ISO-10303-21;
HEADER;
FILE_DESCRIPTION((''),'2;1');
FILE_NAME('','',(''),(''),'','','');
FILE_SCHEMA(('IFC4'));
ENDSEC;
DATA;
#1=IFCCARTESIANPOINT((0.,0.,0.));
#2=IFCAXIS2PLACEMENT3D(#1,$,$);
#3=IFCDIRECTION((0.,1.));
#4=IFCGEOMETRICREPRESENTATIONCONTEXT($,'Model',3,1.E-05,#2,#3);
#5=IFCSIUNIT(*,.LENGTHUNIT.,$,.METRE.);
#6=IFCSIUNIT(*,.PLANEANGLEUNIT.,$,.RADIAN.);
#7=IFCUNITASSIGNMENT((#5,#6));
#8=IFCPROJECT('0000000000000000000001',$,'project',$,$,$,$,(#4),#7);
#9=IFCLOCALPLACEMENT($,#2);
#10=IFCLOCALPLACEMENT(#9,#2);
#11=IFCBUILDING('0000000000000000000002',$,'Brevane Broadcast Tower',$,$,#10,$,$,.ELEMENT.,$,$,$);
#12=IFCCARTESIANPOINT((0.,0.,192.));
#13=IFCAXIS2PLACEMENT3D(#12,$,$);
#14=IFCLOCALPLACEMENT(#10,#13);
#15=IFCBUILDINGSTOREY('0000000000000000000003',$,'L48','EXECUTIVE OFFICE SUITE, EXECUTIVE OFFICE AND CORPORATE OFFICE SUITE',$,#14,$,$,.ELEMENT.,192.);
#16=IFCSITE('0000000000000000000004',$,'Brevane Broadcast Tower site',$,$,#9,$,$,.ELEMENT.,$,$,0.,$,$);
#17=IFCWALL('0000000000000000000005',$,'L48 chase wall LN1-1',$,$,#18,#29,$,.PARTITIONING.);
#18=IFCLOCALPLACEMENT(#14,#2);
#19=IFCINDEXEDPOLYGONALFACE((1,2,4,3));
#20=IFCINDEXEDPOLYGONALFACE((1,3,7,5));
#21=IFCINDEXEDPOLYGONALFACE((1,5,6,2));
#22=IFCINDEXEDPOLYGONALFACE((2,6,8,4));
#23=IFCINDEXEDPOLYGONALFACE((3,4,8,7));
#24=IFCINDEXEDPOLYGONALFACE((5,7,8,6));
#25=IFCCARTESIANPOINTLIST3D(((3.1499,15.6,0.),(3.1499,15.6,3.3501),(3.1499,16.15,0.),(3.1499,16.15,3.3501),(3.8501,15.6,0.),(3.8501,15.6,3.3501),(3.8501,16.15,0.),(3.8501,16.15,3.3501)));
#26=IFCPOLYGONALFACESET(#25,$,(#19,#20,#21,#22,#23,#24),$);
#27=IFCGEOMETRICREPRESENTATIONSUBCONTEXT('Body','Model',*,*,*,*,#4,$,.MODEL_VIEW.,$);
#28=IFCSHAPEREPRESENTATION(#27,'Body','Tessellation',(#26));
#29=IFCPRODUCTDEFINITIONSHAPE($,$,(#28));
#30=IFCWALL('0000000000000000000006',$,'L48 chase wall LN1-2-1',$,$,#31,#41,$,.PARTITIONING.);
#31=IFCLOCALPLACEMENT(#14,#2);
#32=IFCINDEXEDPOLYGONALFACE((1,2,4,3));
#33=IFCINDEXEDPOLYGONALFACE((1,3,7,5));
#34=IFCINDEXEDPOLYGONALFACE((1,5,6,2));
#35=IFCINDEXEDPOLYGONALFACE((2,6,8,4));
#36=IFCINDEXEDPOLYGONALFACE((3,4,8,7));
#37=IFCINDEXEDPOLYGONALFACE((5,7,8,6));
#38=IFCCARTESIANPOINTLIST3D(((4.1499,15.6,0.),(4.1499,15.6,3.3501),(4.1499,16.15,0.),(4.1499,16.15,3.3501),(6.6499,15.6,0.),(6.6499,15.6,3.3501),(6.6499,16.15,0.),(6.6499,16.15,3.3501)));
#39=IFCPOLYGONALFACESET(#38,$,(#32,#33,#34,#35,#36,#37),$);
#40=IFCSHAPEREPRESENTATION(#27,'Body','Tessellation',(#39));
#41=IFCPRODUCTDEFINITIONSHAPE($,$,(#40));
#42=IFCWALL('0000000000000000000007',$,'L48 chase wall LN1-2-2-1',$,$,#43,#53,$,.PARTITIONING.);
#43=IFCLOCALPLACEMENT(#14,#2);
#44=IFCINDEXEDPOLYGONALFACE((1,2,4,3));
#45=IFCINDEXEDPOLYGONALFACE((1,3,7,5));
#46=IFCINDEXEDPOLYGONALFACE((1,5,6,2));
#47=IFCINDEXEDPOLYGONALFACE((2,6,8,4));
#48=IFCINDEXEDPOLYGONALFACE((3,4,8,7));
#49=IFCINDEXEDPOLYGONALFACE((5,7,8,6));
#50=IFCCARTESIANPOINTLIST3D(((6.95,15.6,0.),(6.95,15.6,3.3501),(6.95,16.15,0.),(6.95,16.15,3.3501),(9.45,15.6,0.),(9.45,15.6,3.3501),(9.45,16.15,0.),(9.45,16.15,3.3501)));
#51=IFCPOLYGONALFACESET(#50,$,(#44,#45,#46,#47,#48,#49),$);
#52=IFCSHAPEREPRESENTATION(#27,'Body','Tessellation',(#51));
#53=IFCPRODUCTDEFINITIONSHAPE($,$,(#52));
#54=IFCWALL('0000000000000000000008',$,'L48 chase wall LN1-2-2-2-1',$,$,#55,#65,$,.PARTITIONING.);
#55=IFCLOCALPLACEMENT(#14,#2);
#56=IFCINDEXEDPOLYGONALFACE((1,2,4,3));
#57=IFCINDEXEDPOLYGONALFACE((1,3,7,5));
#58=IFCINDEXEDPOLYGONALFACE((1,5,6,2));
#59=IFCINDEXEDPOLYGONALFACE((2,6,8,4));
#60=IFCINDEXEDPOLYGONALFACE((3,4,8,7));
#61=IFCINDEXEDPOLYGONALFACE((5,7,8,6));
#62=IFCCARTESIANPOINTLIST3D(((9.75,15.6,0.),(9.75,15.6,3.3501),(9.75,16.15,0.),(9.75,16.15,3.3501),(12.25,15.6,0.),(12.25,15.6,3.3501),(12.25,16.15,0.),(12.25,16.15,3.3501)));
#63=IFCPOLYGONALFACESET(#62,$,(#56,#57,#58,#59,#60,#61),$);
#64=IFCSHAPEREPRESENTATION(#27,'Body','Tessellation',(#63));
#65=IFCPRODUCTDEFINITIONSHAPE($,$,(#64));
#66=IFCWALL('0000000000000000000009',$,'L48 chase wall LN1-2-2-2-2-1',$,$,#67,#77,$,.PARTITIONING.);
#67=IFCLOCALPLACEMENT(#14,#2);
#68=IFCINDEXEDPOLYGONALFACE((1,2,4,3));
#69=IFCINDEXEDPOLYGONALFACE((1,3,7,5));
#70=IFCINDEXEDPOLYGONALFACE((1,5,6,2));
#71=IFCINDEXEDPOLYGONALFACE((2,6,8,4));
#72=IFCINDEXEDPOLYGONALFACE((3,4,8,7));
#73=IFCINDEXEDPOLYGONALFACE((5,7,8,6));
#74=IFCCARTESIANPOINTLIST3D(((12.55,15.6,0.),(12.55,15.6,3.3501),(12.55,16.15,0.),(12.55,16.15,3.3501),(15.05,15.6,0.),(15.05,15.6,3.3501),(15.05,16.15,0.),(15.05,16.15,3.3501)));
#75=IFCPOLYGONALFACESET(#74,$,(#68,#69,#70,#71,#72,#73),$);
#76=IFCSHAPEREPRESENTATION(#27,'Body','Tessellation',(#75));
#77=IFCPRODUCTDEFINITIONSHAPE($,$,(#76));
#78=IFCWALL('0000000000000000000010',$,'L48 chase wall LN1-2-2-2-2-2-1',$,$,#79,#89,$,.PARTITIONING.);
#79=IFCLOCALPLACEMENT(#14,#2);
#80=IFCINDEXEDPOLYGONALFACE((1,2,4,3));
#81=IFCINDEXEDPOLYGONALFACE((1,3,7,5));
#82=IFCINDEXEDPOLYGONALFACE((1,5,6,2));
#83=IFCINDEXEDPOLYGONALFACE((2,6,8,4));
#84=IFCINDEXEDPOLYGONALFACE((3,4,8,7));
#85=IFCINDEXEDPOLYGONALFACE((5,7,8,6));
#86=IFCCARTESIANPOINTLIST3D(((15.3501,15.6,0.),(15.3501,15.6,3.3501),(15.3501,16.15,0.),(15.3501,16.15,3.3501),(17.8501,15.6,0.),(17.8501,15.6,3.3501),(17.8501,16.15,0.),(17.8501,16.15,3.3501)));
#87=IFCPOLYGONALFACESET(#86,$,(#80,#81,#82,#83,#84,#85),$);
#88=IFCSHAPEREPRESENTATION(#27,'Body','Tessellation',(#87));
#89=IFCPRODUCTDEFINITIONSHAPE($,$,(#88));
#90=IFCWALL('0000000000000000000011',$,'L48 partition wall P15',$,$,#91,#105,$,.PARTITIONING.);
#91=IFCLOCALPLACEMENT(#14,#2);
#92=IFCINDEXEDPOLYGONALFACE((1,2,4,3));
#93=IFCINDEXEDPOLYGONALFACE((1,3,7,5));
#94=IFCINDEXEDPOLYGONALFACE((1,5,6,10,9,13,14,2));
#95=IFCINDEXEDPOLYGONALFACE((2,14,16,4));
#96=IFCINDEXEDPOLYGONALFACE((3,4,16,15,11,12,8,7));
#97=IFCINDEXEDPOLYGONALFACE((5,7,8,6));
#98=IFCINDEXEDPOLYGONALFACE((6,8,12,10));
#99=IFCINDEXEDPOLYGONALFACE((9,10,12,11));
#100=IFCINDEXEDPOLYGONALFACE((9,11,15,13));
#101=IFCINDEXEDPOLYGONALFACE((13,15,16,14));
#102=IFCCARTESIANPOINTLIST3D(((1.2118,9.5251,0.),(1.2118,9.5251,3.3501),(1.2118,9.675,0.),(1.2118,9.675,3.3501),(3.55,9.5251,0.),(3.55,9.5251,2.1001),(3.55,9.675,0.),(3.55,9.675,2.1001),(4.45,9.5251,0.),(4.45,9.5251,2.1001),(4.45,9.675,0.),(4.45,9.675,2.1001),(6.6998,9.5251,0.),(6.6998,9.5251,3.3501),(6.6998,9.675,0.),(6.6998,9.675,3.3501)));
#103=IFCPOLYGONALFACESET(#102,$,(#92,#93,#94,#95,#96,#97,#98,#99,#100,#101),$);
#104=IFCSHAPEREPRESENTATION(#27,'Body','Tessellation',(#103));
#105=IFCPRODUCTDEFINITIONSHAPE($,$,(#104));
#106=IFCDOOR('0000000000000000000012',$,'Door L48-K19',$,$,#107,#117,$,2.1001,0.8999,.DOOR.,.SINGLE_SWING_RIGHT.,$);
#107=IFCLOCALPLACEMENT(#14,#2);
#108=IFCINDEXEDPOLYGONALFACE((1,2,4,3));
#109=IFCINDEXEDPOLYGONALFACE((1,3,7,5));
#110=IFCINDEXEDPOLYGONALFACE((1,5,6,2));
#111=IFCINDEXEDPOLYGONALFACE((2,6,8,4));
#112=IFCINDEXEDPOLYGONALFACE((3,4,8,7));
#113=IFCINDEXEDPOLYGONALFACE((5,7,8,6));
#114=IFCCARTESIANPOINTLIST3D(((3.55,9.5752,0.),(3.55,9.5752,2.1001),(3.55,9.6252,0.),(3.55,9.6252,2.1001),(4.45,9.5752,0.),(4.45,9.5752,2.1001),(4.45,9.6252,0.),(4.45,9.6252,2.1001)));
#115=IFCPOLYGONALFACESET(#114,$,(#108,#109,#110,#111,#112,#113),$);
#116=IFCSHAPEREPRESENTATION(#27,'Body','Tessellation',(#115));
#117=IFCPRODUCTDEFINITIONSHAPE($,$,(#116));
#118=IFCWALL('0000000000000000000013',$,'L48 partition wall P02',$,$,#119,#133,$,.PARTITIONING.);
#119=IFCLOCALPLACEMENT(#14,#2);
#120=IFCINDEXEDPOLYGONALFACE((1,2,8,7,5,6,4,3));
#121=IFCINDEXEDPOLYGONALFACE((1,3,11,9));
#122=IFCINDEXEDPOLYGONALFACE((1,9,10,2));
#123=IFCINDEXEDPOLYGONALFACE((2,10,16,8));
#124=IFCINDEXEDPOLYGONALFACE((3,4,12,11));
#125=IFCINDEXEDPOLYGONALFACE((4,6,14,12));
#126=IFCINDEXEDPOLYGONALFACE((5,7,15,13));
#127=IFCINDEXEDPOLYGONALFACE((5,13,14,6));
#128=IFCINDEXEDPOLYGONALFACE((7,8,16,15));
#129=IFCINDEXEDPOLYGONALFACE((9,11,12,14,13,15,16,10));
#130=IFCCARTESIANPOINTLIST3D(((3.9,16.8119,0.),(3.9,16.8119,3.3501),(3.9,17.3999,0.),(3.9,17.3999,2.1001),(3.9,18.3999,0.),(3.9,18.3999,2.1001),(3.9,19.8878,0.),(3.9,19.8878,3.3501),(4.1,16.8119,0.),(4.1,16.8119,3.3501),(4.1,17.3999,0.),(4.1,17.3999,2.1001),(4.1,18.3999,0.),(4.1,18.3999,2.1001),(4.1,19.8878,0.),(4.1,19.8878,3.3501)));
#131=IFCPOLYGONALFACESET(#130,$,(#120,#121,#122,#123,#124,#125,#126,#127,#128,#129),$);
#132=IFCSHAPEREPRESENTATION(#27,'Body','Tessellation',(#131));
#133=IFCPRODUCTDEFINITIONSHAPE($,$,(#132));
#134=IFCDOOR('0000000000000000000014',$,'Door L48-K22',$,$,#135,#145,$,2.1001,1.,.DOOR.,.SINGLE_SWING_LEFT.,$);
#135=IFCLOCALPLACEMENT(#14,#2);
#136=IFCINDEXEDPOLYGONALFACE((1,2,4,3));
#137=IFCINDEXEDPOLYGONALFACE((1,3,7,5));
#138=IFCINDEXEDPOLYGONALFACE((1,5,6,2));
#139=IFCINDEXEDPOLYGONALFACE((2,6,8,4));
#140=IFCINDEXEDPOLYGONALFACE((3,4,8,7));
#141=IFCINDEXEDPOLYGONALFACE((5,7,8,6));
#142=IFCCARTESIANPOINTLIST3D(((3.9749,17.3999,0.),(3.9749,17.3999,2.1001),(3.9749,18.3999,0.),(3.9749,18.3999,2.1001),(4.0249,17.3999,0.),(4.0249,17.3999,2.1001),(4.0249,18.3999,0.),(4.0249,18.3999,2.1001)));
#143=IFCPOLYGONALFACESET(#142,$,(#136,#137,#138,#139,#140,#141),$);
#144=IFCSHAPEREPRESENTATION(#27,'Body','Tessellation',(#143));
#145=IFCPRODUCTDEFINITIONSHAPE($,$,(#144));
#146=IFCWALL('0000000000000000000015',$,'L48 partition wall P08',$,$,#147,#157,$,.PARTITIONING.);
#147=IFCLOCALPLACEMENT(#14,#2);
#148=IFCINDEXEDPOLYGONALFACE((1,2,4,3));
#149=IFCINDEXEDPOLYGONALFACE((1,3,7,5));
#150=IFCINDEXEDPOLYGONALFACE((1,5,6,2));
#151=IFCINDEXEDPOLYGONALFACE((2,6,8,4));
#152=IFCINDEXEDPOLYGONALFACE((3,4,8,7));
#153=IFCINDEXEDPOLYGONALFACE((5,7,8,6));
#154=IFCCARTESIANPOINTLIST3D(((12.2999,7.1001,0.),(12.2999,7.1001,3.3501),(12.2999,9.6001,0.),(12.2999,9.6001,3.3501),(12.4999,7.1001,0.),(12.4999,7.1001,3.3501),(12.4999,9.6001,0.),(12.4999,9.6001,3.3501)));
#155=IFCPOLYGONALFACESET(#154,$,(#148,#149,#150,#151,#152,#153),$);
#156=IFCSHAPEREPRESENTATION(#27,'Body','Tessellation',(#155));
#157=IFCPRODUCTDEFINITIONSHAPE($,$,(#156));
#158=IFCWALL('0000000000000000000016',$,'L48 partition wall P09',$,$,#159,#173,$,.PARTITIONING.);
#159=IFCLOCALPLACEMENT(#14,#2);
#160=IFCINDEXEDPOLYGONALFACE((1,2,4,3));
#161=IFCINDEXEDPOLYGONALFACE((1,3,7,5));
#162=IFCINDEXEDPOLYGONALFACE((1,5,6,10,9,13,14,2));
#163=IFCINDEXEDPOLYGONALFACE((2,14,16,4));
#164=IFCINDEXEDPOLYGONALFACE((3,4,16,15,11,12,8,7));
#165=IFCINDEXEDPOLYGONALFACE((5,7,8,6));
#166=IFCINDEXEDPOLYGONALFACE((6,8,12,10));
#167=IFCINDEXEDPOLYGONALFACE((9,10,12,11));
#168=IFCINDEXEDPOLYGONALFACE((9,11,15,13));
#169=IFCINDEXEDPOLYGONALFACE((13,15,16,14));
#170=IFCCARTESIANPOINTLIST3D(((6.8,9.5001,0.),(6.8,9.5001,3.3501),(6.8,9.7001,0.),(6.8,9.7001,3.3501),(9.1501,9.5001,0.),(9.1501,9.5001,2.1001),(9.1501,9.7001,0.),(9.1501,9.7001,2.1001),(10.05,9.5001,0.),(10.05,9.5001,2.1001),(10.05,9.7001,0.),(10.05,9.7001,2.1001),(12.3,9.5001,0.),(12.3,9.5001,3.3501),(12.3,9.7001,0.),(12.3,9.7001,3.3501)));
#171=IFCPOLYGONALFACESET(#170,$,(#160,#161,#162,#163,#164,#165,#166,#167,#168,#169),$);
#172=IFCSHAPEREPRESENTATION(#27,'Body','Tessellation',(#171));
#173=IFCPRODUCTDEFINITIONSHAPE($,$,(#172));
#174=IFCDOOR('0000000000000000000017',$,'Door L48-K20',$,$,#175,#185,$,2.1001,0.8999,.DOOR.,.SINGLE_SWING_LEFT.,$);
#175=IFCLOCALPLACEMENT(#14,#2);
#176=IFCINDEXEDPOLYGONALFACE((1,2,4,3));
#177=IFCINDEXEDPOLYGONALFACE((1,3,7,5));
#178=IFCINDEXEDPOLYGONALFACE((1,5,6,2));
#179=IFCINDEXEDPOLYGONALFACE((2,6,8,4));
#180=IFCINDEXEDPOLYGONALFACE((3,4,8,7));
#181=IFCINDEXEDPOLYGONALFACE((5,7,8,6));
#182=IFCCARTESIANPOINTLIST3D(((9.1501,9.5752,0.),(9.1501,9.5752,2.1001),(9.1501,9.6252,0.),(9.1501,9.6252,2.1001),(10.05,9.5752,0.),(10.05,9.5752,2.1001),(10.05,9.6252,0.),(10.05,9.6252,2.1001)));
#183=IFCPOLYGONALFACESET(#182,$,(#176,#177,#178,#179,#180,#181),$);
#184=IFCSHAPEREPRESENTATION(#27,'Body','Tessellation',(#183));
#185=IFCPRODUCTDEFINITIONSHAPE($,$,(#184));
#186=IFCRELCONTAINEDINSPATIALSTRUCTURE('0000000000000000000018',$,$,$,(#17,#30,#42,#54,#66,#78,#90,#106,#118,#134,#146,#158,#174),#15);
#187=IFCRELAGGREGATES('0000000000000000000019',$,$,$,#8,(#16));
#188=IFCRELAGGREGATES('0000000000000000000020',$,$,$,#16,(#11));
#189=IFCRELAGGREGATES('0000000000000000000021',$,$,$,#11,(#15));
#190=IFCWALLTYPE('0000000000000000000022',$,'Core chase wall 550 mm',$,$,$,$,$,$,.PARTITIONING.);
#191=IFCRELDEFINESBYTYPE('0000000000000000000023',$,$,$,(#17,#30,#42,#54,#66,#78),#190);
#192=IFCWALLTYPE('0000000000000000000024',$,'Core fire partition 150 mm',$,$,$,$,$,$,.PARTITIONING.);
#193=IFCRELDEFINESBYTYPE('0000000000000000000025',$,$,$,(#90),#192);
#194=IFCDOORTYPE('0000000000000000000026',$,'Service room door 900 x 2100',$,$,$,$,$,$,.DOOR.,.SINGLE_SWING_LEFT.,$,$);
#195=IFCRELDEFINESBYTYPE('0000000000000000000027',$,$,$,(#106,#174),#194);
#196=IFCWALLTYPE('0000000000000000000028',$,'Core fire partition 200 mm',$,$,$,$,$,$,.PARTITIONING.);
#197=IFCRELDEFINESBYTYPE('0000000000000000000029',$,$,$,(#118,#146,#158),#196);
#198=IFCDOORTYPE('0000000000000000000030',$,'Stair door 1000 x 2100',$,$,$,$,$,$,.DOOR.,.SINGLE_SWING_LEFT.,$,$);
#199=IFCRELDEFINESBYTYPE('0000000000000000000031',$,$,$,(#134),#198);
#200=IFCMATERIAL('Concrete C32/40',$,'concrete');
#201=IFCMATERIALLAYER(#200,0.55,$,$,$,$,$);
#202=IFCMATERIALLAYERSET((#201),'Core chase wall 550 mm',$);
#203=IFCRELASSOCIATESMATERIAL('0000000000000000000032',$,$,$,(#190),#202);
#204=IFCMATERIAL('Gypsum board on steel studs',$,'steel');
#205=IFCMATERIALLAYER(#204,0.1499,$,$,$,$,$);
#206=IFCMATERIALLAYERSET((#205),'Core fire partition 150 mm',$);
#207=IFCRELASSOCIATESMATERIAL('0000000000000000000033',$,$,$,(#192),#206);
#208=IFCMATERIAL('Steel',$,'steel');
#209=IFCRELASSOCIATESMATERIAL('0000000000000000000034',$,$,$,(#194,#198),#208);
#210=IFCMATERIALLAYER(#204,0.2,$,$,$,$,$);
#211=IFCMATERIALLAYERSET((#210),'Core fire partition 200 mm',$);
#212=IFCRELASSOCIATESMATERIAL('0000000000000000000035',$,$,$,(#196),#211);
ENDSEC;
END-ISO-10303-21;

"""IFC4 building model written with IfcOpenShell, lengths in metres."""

from ifc_helpers import new_model, si_unit, direction, frame, frame_2d, origin, place, context, subcontext, project, spatial, rectangle, extrude, material, layer, layer_set, type_object, element, fill, save


model = new_model("IFC4")

# Units and contexts
model_context = context("Model", 3, precision=1e-05, world=origin(), true_north=direction((0.0, 1.0)))
body_context = subcontext(model_context, "Body", "Model", "MODEL_VIEW")
ifc_project = project(units=[si_unit("LENGTHUNIT", "METRE"), si_unit("PLANEANGLEUNIT", "RADIAN")], contexts=[model_context])

# Site, building, storey
site_placement = place(None, origin())
site = spatial("IfcSite", under=ifc_project, at=site_placement, Name="Brevane Broadcast Tower site", CompositionType="ELEMENT", RefElevation=0.0)
building_placement = place(site_placement, origin())
building = spatial("IfcBuilding", under=site, at=building_placement, Name="Brevane Broadcast Tower", CompositionType="ELEMENT")
storey_placement = place(building_placement, frame((0.0, 0.0, 192.0)))
storey = spatial("IfcBuildingStorey", under=building, at=storey_placement, Name="L48", Description="EXECUTIVE OFFICE SUITE, EXECUTIVE OFFICE AND CORPORATE OFFICE SUITE", CompositionType="ELEMENT", Elevation=192.0)

# Walls
ifc_material_1 = material(Name="Concrete C32/40", Category="concrete")
ifc_layer_1 = layer(ifc_material_1, 0.55)
ifc_layer_set_1 = layer_set([ifc_layer_1], Name="Core chase wall 550 mm")
wall_type_1 = type_object("IfcWallType", Name="Core chase wall 550 mm", PredefinedType="PARTITIONING", material=ifc_layer_set_1)
wall_1_placement = place(storey_placement, frame((3.1499, 15.875, 0.0), z_axis=(0.0, 0.0, 1.0), x_axis=(1.0, 0.0, 0.0)))
element("IfcWall", 1, at=wall_1_placement, inside=storey, type_object=wall_type_1, Name="L48 chase wall LN1-1", PredefinedType="PARTITIONING", context=body_context, shape_type="SweptSolid", body=[
    extrude(rectangle(XDim=0.7002, YDim=0.55, at=frame_2d((0.3501, 0.0))), origin(), (0.0, 0.0, 1.0), 3.3501),
])
for number, where, z_axis, x_axis, name in (
    (2, (4.1499, 15.875, 0.0), (0.0, 0.0, 1.0), (1.0, 0.0, 0.0), "L48 chase wall LN1-2-1"),
    (3, (6.95, 15.875, 0.0), (0.0, 0.0, 1.0), (1.0, 0.0, 0.0), "L48 chase wall LN1-2-2-1"),
    (4, (9.75, 15.875, 0.0), (0.0, 0.0, 1.0), (1.0, 0.0, 0.0), "L48 chase wall LN1-2-2-2-1"),
    (5, (12.55, 15.875, 0.0), (0.0, 0.0, 1.0), (1.0, 0.0, 0.0), "L48 chase wall LN1-2-2-2-2-1"),
    (6, (15.3501, 15.875, 0.0), (0.0, 0.0, 1.0), (1.0, 0.0, 0.0), "L48 chase wall LN1-2-2-2-2-2-1"),
):
    element("IfcWall", number, at=place(storey_placement, frame(where, z_axis=z_axis, x_axis=x_axis)), inside=storey, type_object=wall_type_1, Name=name, PredefinedType="PARTITIONING", context=body_context, shape_type="SweptSolid", body=[
        extrude(rectangle(XDim=2.5, YDim=0.55, at=frame_2d((1.25, 0.0))), origin(), (0.0, 0.0, 1.0), 3.3501),
    ])

# Walls, openings, doors
ifc_material_2 = material(Name="Gypsum board on steel studs", Category="steel")
ifc_layer_2 = layer(ifc_material_2, 0.1499)
ifc_layer_set_2 = layer_set([ifc_layer_2], Name="Core fire partition 150 mm")
wall_type_2 = type_object("IfcWallType", Name="Core fire partition 150 mm", PredefinedType="PARTITIONING", material=ifc_layer_set_2)
wall_2_placement = place(storey_placement, frame((6.7, 9.6001, 0.0), z_axis=(0.0, 0.0, 1.0), x_axis=(-1.0, 0.0, 0.0)))
wall_2 = element("IfcWall", 7, at=wall_2_placement, inside=storey, type_object=wall_type_2, Name="L48 partition wall P15", PredefinedType="PARTITIONING", context=body_context, shape_type="SweptSolid", body=[
    extrude(rectangle(XDim=5.488, YDim=0.1499, at=frame_2d((2.7441, 0.0))), origin(), (0.0, 0.0, 1.0), 3.3501),
])
opening_1_placement = place(wall_2_placement, frame((2.25, 0.0, 0.0)))
opening_1 = element("IfcOpeningElement", 8, at=opening_1_placement, cuts=wall_2, PredefinedType="OPENING", context=body_context, shape_type="SweptSolid", body=[
    extrude(rectangle(XDim=0.8999, YDim=2.1001, at=frame_2d((0.45, 1.05))), frame((0.0, 0.085, 0.0), z_axis=(0.0, -1.0, 0.0), x_axis=(1.0, 0.0, 0.0)), (0.0, 0.0, 1.0), 0.1699),
])
ifc_material_3 = material(Name="Steel", Category="steel")
door_type_1 = type_object("IfcDoorType", Name="Service room door 900 x 2100", OperationType="SINGLE_SWING_LEFT", PredefinedType="DOOR", material=ifc_material_3)
door_1_placement = place(opening_1_placement, origin())
door_1 = element("IfcDoor", 9, at=door_1_placement, inside=storey, type_object=door_type_1, Name="Door L48-K19", OperationType="SINGLE_SWING_RIGHT", OverallHeight=2.1001, OverallWidth=0.8999, PredefinedType="DOOR", context=body_context, shape_type="SweptSolid", body=[
    extrude(rectangle(XDim=0.8999, YDim=2.1001, at=frame_2d((0.45, 1.05))), frame((0.0, 0.0249, 0.0), z_axis=(0.0, -1.0, 0.0), x_axis=(1.0, 0.0, 0.0)), (0.0, 0.0, 1.0), 0.05),
])
fill(opening_1, door_1)
ifc_layer_3 = layer(ifc_material_2, 0.2)
ifc_layer_set_3 = layer_set([ifc_layer_3], Name="Core fire partition 200 mm")
wall_type_3 = type_object("IfcWallType", Name="Core fire partition 200 mm", PredefinedType="PARTITIONING", material=ifc_layer_set_3)
wall_3_placement = place(storey_placement, frame((4.0, 19.8879, 0.0), z_axis=(0.0, 0.0, 1.0), x_axis=(0.0, -1.0, 0.0)))
wall_3 = element("IfcWall", 10, at=wall_3_placement, inside=storey, type_object=wall_type_3, Name="L48 partition wall P02", PredefinedType="PARTITIONING", context=body_context, shape_type="SweptSolid", body=[
    extrude(rectangle(XDim=3.0759, YDim=0.2, at=frame_2d((1.5381, 0.0))), origin(), (0.0, 0.0, 1.0), 3.3501),
])
opening_2_placement = place(wall_3_placement, frame((1.488, 0.0, 0.0)))
opening_2 = element("IfcOpeningElement", 11, at=opening_2_placement, cuts=wall_3, PredefinedType="OPENING", context=body_context, shape_type="SweptSolid", body=[
    extrude(rectangle(XDim=1.0, YDim=2.1001, at=frame_2d((0.5, 1.05))), frame((0.0, 0.1099, 0.0), z_axis=(0.0, -1.0, 0.0), x_axis=(1.0, 0.0, 0.0)), (0.0, 0.0, 1.0), 0.22),
])
door_type_2 = type_object("IfcDoorType", Name="Stair door 1000 x 2100", OperationType="SINGLE_SWING_LEFT", PredefinedType="DOOR", material=ifc_material_3)
door_2_placement = place(opening_2_placement, origin())
door_2 = element("IfcDoor", 12, at=door_2_placement, inside=storey, type_object=door_type_2, Name="Door L48-K22", OperationType="SINGLE_SWING_LEFT", OverallHeight=2.1001, OverallWidth=1.0, PredefinedType="DOOR", context=body_context, shape_type="SweptSolid", body=[
    extrude(rectangle(XDim=1.0, YDim=2.1001, at=frame_2d((0.5, 1.05))), frame((0.0, 0.0249, 0.0), z_axis=(0.0, -1.0, 0.0), x_axis=(1.0, 0.0, 0.0)), (0.0, 0.0, 1.0), 0.05),
])
fill(opening_2, door_2)

# Wall
wall_4_placement = place(storey_placement, frame((12.3999, 7.1001, 0.0), z_axis=(0.0, 0.0, 1.0), x_axis=(0.0, 1.0, 0.0)))
element("IfcWall", 13, at=wall_4_placement, inside=storey, type_object=wall_type_3, Name="L48 partition wall P08", PredefinedType="PARTITIONING", context=body_context, shape_type="SweptSolid", body=[
    extrude(rectangle(XDim=2.5, YDim=0.2, at=frame_2d((1.25, 0.0))), origin(), (0.0, 0.0, 1.0), 3.3501),
])

# Wall, opening, door
wall_5_placement = place(storey_placement, frame((12.3, 9.6001, 0.0), z_axis=(0.0, 0.0, 1.0), x_axis=(-1.0, 0.0, 0.0)))
wall_5 = element("IfcWall", 14, at=wall_5_placement, inside=storey, type_object=wall_type_3, Name="L48 partition wall P09", PredefinedType="PARTITIONING", context=body_context, shape_type="SweptSolid", body=[
    extrude(rectangle(XDim=5.5, YDim=0.2, at=frame_2d((2.75, 0.0))), origin(), (0.0, 0.0, 1.0), 3.3501),
])
opening_3_placement = place(wall_5_placement, frame((2.25, 0.0, 0.0)))
opening_3 = element("IfcOpeningElement", 15, at=opening_3_placement, cuts=wall_5, PredefinedType="OPENING", context=body_context, shape_type="SweptSolid", body=[
    extrude(rectangle(XDim=0.8999, YDim=2.1001, at=frame_2d((0.45, 1.05))), frame((0.0, 0.1099, 0.0), z_axis=(0.0, -1.0, 0.0), x_axis=(1.0, 0.0, 0.0)), (0.0, 0.0, 1.0), 0.22),
])
door_3_placement = place(opening_3_placement, origin())
door_3 = element("IfcDoor", 16, at=door_3_placement, inside=storey, type_object=door_type_1, Name="Door L48-K20", OperationType="SINGLE_SWING_LEFT", OverallHeight=2.1001, OverallWidth=0.8999, PredefinedType="DOOR", context=body_context, shape_type="SweptSolid", body=[
    extrude(rectangle(XDim=0.8999, YDim=2.1001, at=frame_2d((0.45, 1.05))), frame((0.0, 0.0249, 0.0), z_axis=(0.0, -1.0, 0.0), x_axis=(1.0, 0.0, 0.0)), (0.0, 0.0, 1.0), 0.05),
])
fill(opening_3, door_3)

save(model, "model.ifc")
